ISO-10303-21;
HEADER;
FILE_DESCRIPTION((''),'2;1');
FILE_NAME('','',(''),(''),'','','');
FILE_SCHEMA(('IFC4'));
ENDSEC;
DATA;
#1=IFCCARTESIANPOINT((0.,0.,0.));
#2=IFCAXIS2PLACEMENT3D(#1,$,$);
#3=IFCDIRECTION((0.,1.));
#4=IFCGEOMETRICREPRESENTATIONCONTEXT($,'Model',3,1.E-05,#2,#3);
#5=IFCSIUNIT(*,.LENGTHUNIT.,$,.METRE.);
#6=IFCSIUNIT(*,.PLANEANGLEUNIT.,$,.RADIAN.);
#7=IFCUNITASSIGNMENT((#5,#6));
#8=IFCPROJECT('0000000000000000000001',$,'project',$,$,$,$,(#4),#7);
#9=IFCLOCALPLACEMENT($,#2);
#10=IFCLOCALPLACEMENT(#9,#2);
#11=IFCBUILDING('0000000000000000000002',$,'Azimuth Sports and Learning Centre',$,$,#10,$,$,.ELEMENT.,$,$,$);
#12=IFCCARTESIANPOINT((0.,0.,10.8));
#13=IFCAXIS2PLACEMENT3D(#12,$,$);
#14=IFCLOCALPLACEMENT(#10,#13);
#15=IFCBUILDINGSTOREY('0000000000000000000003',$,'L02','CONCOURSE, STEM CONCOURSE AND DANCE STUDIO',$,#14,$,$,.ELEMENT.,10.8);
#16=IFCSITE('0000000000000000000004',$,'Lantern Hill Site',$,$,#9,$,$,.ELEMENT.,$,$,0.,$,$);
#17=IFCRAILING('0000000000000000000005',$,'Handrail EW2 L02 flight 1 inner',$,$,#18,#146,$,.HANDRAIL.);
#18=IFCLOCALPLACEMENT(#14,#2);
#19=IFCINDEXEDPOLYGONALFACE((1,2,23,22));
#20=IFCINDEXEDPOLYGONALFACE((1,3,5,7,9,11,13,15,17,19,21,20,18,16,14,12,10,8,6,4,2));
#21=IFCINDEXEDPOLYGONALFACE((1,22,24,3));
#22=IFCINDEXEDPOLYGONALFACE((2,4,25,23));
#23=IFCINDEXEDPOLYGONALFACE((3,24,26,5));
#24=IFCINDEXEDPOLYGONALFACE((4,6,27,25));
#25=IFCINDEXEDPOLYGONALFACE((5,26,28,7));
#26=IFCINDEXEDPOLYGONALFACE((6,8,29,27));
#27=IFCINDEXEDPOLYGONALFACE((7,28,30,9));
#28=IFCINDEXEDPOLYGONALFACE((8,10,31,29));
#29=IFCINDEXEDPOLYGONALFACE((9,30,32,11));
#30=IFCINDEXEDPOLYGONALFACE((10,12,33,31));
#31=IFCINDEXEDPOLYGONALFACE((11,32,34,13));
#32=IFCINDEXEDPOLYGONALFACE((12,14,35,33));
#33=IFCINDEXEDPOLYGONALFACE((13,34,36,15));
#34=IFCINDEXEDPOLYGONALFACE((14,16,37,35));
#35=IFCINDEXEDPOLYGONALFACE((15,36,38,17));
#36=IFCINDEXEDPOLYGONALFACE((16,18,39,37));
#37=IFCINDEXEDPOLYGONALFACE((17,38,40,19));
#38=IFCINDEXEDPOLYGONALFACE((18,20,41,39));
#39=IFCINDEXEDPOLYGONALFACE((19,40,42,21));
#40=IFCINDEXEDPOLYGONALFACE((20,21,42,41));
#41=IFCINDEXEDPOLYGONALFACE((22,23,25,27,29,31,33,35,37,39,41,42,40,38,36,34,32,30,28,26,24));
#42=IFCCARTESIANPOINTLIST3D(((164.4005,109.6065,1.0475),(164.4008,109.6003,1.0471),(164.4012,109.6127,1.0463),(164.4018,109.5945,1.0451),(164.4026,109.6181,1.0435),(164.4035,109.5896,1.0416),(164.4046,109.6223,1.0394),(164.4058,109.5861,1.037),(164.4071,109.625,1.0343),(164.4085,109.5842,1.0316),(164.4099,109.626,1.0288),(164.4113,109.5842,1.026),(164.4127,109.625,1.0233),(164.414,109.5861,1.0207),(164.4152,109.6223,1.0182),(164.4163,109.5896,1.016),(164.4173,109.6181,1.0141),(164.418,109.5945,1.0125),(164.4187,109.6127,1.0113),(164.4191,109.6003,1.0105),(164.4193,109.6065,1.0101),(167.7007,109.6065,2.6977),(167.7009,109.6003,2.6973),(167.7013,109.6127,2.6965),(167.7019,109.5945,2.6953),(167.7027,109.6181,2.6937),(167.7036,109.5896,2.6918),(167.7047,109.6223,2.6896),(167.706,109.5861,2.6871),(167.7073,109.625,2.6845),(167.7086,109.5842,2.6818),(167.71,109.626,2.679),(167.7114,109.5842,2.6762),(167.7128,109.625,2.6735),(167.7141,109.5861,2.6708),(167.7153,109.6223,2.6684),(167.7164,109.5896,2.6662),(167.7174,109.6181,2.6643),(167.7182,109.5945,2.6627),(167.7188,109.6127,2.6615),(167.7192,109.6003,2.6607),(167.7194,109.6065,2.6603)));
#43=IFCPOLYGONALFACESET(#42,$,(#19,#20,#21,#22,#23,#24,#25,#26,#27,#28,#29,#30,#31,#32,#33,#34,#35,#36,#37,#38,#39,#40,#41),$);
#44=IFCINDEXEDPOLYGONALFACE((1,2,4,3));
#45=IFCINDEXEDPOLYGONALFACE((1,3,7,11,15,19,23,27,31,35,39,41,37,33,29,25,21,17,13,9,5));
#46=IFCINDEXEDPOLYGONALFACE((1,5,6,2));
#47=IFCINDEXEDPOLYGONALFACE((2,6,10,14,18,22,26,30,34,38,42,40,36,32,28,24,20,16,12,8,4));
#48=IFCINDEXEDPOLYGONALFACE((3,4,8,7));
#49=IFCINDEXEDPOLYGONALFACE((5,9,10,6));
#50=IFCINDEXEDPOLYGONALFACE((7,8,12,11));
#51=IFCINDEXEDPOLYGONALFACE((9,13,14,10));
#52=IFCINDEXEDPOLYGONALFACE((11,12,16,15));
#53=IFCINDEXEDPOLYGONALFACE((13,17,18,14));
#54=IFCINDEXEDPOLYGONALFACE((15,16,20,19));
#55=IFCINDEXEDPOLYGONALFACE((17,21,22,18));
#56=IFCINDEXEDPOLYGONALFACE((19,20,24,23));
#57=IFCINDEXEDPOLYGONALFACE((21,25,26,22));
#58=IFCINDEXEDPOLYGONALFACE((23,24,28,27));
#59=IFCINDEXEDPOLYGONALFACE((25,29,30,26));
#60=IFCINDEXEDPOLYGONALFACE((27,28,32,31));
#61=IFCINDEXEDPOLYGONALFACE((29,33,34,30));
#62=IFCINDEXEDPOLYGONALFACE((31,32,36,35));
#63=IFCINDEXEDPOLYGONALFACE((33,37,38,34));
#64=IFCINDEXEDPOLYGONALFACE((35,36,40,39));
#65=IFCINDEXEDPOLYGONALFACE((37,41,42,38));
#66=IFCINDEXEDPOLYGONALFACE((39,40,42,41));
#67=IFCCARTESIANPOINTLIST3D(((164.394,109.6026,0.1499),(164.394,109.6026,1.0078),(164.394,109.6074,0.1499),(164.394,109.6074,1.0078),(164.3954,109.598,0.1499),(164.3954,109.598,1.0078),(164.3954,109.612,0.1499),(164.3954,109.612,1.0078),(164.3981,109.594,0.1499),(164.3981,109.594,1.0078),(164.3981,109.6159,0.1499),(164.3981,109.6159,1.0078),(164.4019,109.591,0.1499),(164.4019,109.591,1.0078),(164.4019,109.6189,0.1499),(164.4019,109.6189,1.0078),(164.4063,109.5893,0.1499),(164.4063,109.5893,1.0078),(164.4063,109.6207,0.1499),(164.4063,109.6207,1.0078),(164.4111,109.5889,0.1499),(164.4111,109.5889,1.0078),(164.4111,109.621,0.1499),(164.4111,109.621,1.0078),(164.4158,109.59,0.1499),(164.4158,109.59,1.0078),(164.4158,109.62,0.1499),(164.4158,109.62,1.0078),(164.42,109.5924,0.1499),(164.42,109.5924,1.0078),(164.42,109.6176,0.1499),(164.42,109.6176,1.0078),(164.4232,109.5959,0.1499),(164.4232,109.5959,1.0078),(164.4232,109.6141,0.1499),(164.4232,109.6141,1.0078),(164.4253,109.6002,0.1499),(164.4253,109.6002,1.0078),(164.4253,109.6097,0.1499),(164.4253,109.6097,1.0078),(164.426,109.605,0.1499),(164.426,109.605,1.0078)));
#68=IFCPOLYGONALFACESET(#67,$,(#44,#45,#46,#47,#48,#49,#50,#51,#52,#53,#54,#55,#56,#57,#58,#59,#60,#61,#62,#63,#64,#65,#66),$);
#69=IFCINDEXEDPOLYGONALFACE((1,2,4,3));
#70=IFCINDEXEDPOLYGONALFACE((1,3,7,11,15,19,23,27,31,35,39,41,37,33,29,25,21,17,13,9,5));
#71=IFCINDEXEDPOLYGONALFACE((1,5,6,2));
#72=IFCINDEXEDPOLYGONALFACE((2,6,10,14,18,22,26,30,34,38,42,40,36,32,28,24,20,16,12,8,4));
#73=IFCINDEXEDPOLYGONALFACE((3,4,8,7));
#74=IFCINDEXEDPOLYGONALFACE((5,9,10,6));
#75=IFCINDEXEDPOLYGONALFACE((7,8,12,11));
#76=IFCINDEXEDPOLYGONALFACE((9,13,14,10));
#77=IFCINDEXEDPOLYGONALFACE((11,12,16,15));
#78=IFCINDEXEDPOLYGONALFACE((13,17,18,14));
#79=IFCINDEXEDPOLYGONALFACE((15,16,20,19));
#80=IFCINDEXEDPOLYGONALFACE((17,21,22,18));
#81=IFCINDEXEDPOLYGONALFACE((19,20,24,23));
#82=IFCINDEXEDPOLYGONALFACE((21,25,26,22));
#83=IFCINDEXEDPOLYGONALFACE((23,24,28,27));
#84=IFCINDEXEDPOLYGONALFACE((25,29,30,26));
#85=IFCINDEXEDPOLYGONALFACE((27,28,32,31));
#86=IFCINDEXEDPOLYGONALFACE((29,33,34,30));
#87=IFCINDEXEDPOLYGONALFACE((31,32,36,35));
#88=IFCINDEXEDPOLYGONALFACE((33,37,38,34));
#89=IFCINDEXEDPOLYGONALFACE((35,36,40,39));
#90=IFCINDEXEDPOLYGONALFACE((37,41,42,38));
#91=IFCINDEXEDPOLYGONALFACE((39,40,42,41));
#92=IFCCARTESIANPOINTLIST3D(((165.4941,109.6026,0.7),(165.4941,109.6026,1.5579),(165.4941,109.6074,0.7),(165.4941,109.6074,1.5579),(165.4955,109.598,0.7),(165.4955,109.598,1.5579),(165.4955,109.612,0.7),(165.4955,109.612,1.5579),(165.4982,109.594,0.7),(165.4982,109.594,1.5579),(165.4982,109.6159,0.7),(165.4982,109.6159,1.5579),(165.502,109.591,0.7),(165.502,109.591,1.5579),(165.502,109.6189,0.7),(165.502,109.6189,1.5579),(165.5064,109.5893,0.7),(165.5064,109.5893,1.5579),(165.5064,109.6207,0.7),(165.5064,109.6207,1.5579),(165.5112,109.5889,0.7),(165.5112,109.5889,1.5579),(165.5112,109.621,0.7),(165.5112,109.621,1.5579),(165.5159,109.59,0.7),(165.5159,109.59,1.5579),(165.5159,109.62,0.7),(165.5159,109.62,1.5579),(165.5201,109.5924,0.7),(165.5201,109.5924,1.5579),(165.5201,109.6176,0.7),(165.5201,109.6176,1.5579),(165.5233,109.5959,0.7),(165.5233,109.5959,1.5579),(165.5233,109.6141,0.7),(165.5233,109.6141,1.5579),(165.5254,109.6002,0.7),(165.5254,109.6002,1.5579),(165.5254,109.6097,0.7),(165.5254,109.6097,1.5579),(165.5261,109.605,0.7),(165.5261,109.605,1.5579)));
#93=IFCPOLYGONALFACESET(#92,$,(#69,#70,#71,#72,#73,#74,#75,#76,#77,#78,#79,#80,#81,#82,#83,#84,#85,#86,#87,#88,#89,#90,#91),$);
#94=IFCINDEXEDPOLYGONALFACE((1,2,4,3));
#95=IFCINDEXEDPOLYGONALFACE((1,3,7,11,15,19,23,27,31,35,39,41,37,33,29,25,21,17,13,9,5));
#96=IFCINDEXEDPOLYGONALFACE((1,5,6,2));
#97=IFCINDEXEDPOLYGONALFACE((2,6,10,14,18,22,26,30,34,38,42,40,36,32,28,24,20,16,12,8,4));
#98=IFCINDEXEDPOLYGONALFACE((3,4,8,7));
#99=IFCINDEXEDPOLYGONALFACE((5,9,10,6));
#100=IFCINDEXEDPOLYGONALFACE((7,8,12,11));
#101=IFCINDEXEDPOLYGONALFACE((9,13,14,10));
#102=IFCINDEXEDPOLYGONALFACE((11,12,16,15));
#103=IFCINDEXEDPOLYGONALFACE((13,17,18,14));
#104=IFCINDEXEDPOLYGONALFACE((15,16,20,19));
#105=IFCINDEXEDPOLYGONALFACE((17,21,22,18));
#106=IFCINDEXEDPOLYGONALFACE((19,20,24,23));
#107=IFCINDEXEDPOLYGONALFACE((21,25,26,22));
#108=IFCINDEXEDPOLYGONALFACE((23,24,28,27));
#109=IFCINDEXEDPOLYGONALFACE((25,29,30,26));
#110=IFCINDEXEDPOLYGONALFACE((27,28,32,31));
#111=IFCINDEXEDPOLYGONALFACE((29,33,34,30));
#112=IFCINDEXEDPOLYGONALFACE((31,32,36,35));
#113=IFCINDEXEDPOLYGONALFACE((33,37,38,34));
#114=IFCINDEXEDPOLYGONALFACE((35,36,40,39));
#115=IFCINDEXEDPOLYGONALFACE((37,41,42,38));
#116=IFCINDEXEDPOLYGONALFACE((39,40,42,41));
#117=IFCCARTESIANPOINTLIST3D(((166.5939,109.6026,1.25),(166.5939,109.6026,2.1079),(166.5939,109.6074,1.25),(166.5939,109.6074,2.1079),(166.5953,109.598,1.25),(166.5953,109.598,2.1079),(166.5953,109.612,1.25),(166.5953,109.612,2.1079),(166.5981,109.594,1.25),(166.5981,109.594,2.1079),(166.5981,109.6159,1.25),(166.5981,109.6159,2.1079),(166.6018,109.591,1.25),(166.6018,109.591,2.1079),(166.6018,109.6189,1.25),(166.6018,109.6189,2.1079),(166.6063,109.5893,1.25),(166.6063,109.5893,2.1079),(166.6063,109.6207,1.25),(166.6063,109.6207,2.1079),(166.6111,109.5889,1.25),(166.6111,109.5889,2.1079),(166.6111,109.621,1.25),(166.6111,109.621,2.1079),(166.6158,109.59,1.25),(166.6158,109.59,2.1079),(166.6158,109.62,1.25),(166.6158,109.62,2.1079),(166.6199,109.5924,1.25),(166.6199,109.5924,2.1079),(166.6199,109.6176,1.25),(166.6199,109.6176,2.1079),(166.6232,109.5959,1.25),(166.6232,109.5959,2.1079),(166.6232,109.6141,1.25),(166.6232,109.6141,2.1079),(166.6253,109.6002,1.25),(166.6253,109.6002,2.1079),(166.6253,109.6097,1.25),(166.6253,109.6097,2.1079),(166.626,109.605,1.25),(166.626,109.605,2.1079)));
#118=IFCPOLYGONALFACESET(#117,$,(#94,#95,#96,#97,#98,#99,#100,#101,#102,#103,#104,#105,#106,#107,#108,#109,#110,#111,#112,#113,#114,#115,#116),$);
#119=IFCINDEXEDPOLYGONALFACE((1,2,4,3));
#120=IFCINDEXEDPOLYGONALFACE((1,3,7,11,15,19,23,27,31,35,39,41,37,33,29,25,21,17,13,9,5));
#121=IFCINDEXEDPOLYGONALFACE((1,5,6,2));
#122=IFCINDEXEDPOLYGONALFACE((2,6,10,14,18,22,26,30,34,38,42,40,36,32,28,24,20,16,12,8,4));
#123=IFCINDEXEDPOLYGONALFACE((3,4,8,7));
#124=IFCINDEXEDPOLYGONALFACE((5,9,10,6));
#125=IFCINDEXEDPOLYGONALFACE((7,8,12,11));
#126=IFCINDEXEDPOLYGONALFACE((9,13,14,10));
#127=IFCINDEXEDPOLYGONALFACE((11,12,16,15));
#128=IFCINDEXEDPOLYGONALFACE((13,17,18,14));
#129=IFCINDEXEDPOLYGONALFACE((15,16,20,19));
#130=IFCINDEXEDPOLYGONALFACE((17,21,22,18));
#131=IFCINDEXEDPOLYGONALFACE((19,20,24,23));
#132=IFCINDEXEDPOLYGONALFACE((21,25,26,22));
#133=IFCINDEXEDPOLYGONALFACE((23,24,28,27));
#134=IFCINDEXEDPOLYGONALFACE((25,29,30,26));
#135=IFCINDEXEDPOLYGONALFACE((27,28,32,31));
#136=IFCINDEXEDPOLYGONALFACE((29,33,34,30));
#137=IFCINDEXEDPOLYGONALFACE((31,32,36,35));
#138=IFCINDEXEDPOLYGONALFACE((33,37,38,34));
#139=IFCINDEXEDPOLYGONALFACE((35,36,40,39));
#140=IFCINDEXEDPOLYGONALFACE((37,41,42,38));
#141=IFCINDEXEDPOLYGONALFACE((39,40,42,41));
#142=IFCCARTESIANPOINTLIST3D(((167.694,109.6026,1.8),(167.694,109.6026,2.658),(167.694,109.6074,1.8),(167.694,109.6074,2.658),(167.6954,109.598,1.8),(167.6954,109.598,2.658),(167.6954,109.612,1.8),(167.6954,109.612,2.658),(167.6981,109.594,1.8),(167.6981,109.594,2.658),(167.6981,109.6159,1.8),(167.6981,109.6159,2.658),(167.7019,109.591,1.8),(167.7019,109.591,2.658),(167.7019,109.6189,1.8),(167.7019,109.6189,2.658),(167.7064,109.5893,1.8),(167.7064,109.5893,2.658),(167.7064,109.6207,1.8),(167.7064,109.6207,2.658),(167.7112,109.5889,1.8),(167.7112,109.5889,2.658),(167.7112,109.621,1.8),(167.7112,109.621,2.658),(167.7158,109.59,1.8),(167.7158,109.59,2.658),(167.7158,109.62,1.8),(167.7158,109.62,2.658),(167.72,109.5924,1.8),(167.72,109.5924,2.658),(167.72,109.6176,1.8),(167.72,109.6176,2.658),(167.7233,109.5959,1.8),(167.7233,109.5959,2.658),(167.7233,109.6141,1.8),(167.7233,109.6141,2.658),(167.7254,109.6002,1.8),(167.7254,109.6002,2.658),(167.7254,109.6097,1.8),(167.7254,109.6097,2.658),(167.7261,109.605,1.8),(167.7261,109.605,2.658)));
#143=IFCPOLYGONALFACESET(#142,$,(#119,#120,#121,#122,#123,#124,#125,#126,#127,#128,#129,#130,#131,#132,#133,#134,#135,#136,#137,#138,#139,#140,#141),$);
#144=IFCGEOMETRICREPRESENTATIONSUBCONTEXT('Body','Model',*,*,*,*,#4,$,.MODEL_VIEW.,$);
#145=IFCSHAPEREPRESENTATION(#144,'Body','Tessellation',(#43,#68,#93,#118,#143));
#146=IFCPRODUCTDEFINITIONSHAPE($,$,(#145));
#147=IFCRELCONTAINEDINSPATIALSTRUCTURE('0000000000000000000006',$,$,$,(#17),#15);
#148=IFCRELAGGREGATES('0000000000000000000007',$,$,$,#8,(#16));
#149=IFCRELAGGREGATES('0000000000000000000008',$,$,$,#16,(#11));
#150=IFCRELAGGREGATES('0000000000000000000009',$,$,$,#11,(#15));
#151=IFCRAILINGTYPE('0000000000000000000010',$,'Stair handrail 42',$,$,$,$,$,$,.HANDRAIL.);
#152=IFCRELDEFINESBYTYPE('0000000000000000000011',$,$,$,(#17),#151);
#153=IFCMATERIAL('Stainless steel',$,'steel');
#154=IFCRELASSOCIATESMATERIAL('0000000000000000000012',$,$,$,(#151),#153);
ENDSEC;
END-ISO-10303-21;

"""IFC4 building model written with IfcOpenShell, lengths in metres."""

from ifc_helpers import new_model, si_unit, direction, frame, origin, origin_2d, place, context, subcontext, project, spatial, circle, extrude, material, type_object, element, save


model = new_model("IFC4")

# Units and contexts
model_context = context("Model", 3, precision=1e-05, world=origin(), true_north=direction((0.0, 1.0)))
body_context = subcontext(model_context, "Body", "Model", "MODEL_VIEW")
ifc_project = project(units=[si_unit("LENGTHUNIT", "METRE"), si_unit("PLANEANGLEUNIT", "RADIAN")], contexts=[model_context])

# Site, building, storey
site_placement = place(None, origin())
site = spatial("IfcSite", under=ifc_project, at=site_placement, Name="Lantern Hill Site", CompositionType="ELEMENT", RefElevation=0.0)
building_placement = place(site_placement, origin())
building = spatial("IfcBuilding", under=site, at=building_placement, Name="Azimuth Sports and Learning Centre", CompositionType="ELEMENT")
storey_placement = place(building_placement, frame((0.0, 0.0, 10.8)))
storey = spatial("IfcBuildingStorey", under=building, at=storey_placement, Name="L02", Description="CONCOURSE, STEM CONCOURSE AND DANCE STUDIO", CompositionType="ELEMENT", Elevation=10.8)

# Railing
ifc_material_1 = material(Name="Stainless steel", Category="steel")
railing_type_1 = type_object("IfcRailingType", Name="Stair handrail 42", PredefinedType="HANDRAIL", material=ifc_material_1)
for number, where, name in (
    (1, (164.4099, 109.605, 0.1499), "Handrail EW2 L02 flight 1 inner"),
):
    element("IfcRailing", number, at=place(storey_placement, frame(where)), inside=storey, type_object=railing_type_1, Name=name, PredefinedType="HANDRAIL", context=body_context, shape_type="SweptSolid", body=[
        extrude(circle(Radius=0.021, at=origin_2d()), frame((0.0, 0.0, 0.8789), z_axis=(0.894414, 0.0, 0.44724), x_axis=(0.0, 1.0, 0.0)), (0.0, 0.0, 1.0), 3.6897),
        extrude(circle(Radius=0.0161, at=origin_2d()), origin(), (0.0, 0.0, 1.0), 0.8579),
        extrude(circle(Radius=0.0161, at=origin_2d()), frame((1.1001, 0.0, 0.55)), (0.0, 0.0, 1.0), 0.8579),
        extrude(circle(Radius=0.0161, at=origin_2d()), frame((2.2, 0.0, 1.1001)), (0.0, 0.0, 1.0), 0.8579),
        extrude(circle(Radius=0.0161, at=origin_2d()), frame((3.3, 0.0, 1.6501)), (0.0, 0.0, 1.0), 0.8579),
    ])

save(model, "model.ifc")
